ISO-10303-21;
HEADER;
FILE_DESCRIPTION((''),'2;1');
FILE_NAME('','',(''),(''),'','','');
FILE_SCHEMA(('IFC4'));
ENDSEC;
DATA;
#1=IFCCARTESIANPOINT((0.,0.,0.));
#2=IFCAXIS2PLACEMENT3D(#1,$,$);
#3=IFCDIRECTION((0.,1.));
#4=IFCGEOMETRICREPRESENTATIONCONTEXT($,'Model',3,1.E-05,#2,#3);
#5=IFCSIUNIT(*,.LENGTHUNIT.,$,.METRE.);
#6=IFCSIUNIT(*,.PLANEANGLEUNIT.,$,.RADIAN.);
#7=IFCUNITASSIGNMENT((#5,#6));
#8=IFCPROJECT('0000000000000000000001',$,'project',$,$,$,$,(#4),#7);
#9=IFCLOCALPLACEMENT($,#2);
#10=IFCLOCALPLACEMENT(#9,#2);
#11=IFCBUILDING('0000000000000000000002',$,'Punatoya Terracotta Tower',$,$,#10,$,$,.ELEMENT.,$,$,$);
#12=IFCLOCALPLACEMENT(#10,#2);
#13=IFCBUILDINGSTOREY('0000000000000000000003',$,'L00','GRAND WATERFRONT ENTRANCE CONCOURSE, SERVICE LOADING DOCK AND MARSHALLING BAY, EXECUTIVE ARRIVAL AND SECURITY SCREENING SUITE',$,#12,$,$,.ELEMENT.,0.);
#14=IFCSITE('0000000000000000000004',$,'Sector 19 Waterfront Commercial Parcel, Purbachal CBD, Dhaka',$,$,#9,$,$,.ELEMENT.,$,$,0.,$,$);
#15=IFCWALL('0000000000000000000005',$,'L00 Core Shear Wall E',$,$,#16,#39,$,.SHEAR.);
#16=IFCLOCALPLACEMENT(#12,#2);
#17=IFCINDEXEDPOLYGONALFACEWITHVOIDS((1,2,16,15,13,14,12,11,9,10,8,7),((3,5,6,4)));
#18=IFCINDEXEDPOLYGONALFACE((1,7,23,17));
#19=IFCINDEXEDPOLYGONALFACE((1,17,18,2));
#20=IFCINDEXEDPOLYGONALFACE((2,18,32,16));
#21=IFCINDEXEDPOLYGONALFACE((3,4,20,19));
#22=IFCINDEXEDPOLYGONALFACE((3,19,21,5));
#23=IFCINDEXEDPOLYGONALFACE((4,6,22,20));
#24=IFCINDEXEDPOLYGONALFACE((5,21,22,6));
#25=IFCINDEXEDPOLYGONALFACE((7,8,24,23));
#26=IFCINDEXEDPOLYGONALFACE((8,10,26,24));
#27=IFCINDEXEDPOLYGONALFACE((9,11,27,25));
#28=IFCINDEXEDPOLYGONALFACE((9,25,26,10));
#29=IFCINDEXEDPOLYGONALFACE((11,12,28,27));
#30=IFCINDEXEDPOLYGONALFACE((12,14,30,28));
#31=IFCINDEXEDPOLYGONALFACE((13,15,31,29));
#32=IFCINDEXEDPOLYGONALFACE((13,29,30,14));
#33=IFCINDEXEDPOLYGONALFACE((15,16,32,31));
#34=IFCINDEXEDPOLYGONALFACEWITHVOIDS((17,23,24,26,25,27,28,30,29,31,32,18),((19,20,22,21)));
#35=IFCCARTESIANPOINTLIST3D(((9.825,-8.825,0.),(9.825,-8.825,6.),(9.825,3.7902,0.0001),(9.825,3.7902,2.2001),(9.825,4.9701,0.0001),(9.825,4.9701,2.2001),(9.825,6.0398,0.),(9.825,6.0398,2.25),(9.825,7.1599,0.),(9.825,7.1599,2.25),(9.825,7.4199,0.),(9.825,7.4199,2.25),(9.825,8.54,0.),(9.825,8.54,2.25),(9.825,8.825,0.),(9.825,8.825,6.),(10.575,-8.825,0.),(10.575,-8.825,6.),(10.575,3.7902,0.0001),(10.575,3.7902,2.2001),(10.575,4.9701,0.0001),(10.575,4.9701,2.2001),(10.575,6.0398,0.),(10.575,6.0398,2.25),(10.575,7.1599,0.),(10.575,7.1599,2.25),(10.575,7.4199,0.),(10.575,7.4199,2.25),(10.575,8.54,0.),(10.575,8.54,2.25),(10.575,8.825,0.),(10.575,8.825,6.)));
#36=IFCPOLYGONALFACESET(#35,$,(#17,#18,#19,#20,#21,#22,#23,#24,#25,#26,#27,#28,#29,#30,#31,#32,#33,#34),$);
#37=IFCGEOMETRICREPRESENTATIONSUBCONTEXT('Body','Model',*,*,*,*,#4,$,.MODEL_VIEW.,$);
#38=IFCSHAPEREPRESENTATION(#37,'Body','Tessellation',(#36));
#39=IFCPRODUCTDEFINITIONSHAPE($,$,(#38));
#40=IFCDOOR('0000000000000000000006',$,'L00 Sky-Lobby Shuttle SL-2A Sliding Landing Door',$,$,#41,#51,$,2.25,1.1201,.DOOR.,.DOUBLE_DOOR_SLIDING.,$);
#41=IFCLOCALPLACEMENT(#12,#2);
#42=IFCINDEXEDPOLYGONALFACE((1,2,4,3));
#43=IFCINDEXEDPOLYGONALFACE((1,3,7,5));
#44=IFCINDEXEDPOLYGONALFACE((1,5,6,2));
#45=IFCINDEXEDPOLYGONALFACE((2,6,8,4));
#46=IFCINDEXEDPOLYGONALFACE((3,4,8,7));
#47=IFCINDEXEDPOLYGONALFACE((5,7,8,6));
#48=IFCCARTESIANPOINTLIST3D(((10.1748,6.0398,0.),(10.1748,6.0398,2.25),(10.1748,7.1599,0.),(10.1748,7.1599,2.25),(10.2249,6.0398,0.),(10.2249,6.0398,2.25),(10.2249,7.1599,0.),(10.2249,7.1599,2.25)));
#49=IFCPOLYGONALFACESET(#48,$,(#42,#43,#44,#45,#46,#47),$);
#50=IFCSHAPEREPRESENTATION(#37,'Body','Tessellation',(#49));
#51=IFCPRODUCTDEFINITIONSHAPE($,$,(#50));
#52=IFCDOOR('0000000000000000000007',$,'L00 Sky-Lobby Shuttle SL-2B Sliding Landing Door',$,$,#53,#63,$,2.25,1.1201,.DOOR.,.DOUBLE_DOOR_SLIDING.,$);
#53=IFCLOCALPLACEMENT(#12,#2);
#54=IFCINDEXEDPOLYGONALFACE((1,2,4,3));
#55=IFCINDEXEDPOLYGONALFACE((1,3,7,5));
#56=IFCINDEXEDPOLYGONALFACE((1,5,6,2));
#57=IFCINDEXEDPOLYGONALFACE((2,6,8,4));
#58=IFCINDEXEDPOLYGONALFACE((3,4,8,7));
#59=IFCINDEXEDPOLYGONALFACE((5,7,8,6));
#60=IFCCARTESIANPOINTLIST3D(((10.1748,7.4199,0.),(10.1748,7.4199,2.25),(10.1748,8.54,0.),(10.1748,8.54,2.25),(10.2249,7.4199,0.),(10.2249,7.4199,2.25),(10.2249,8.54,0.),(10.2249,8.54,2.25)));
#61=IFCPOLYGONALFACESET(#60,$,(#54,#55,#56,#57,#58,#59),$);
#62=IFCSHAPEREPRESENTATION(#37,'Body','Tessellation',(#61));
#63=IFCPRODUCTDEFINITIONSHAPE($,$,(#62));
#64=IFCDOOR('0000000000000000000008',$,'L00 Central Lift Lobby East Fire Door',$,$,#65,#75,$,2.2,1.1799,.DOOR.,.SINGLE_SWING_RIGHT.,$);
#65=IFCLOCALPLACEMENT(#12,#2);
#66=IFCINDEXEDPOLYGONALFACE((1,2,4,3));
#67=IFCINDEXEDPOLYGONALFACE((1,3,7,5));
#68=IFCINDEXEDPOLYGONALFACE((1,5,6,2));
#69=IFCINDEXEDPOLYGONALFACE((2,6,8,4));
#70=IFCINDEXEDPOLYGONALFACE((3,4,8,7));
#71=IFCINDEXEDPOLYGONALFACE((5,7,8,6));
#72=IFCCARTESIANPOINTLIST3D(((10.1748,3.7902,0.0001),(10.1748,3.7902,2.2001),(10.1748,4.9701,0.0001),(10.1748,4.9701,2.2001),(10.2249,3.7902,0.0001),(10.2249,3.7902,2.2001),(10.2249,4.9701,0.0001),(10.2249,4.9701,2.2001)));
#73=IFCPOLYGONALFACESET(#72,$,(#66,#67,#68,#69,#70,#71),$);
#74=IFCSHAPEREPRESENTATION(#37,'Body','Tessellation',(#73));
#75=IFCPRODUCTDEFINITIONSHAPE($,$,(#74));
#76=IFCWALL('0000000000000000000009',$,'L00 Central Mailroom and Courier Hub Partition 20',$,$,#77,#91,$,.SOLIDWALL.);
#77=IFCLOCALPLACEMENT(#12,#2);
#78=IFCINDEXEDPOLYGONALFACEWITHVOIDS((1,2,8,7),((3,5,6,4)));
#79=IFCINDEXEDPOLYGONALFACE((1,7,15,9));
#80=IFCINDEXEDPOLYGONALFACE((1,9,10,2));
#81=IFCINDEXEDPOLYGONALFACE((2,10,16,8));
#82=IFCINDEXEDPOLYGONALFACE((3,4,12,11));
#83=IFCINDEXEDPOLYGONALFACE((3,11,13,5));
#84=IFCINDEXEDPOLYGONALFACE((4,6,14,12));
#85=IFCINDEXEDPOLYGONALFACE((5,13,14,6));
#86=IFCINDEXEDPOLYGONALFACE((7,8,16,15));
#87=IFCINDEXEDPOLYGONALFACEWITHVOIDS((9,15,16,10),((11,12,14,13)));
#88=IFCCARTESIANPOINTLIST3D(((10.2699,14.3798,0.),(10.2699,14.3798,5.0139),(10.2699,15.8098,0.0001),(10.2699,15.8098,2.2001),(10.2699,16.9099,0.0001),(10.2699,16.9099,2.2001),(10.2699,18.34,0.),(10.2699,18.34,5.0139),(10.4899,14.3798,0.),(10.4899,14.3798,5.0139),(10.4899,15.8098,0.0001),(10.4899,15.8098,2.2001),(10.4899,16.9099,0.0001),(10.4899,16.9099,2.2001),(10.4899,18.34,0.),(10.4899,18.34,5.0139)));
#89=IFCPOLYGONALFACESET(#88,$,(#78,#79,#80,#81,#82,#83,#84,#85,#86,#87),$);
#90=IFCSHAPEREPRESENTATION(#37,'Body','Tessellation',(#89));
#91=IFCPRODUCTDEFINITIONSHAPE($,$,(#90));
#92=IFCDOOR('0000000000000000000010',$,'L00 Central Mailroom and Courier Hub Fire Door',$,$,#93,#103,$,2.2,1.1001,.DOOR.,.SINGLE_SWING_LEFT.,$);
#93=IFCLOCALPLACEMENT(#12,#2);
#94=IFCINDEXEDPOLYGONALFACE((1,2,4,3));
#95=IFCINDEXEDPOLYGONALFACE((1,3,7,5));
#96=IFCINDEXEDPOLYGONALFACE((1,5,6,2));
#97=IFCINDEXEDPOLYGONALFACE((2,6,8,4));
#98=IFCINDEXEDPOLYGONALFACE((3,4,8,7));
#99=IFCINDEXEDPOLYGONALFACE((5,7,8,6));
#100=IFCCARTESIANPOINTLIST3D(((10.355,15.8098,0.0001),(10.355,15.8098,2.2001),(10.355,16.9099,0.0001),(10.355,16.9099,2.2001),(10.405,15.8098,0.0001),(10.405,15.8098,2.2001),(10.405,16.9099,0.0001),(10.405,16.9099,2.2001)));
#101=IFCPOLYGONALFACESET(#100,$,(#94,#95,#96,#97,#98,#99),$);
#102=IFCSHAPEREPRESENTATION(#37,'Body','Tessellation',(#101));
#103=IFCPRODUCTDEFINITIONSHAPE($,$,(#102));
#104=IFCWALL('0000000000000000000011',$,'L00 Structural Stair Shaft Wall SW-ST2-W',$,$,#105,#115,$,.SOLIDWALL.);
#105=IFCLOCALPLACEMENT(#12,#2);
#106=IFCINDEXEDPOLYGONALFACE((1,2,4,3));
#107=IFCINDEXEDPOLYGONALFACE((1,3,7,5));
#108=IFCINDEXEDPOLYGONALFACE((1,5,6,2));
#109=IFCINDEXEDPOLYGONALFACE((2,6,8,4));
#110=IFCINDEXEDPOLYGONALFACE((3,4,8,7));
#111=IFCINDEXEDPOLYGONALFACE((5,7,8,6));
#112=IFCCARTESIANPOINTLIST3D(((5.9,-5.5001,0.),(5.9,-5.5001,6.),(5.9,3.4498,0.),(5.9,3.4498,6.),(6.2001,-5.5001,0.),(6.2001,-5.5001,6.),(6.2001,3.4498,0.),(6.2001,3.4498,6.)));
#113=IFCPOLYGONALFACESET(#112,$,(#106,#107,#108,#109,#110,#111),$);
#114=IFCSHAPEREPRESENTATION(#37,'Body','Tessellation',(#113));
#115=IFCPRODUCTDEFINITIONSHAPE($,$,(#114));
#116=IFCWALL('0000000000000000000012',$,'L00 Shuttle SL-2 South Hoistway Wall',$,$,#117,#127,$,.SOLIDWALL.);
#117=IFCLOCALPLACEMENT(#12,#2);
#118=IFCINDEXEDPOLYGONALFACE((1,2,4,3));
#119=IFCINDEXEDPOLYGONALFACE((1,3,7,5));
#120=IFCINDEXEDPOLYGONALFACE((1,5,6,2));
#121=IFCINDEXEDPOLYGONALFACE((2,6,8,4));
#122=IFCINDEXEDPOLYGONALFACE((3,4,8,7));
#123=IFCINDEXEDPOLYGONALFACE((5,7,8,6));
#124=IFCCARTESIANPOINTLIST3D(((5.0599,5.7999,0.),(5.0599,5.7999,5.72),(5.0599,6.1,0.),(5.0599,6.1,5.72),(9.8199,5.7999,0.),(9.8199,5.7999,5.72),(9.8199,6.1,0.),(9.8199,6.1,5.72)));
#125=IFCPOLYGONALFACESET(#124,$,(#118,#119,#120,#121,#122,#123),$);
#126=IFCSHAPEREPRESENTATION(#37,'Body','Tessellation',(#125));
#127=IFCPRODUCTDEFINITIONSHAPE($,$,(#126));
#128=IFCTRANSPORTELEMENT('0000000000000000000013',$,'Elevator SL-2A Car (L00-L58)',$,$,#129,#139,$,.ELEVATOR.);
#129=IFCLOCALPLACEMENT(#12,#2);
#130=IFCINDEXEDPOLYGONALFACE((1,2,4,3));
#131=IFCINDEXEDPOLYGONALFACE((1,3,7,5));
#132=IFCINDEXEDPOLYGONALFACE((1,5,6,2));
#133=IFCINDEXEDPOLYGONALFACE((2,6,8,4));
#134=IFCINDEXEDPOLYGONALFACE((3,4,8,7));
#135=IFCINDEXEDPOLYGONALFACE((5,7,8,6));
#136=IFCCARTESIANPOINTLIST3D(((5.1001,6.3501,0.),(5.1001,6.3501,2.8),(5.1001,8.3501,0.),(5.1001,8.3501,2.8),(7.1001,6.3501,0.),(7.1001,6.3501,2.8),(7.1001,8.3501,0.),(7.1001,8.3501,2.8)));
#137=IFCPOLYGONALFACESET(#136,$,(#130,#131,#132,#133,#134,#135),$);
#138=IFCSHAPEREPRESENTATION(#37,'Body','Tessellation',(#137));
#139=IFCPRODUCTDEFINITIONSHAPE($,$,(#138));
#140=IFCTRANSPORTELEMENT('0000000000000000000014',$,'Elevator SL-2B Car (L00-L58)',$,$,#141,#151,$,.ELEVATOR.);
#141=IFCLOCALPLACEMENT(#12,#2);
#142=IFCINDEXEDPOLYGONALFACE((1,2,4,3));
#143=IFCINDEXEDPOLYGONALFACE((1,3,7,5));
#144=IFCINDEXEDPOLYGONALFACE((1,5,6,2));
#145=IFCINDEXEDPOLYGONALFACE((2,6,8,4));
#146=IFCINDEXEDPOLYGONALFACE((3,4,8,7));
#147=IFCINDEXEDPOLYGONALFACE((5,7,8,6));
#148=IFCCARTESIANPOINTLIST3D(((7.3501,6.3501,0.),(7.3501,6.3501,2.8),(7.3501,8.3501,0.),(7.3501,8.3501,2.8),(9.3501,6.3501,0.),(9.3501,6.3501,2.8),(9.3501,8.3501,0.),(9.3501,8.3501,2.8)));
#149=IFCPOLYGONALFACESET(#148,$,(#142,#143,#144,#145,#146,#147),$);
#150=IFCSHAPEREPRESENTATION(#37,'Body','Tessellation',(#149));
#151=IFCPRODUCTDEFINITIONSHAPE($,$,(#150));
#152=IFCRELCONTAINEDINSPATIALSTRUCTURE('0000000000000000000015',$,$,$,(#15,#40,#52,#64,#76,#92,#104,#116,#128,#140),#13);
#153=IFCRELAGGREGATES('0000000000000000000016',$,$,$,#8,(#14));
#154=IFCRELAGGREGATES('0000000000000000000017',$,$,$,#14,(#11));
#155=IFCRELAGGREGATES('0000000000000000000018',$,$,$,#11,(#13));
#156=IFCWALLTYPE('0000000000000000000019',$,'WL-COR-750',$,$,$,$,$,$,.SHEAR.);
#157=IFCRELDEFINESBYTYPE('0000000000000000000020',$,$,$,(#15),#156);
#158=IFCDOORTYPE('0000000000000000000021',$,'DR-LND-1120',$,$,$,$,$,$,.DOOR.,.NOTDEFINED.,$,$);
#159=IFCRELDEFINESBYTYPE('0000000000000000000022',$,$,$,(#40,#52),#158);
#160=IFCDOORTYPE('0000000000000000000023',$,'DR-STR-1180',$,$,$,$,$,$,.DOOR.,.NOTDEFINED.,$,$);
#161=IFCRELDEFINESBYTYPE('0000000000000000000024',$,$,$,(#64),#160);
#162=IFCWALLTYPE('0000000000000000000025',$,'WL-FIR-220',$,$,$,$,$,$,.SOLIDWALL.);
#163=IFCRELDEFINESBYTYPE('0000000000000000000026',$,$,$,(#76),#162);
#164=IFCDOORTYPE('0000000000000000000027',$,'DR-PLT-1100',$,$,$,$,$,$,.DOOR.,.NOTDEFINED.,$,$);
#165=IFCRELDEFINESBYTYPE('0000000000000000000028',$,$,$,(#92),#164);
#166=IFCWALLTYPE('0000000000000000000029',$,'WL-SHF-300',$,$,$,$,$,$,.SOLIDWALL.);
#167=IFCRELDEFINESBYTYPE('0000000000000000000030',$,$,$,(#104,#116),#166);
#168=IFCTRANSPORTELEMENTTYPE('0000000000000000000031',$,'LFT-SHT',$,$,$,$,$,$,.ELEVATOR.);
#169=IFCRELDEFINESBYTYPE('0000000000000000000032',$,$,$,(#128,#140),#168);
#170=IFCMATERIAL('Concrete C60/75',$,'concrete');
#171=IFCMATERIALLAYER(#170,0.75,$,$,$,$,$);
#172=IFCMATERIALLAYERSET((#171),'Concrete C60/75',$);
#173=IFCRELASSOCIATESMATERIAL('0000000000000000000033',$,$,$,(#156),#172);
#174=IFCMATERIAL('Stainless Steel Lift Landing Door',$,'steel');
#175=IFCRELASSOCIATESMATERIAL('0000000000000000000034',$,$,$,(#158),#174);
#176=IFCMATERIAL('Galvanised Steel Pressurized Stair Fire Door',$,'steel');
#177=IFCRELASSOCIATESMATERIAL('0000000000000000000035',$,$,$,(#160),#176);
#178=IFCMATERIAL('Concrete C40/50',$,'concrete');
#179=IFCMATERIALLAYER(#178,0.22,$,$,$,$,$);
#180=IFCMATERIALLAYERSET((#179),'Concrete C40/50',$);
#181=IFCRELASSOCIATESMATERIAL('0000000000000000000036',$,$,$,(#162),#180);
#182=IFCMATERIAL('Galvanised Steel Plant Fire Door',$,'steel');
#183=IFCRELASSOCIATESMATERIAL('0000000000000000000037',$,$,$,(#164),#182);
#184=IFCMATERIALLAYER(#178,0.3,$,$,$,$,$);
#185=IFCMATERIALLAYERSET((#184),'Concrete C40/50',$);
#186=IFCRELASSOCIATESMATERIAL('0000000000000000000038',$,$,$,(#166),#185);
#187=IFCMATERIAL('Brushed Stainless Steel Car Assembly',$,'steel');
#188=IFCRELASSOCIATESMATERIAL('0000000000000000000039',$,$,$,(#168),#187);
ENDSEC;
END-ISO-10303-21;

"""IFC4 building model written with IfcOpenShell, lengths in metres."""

from ifc_helpers import new_model, si_unit, direction, frame, frame_2d, origin, origin_2d, place, context, subcontext, project, spatial, rectangle, extrude, material, layer, layer_set, type_object, element, fill, save


model = new_model("IFC4")

# Units and contexts
model_context = context("Model", 3, precision=1e-05, world=origin(), true_north=direction((0.0, 1.0)))
body_context = subcontext(model_context, "Body", "Model", "MODEL_VIEW")
ifc_project = project(units=[si_unit("LENGTHUNIT", "METRE"), si_unit("PLANEANGLEUNIT", "RADIAN")], contexts=[model_context])

# Site, building, storey
site_placement = place(None, origin())
site = spatial("IfcSite", under=ifc_project, at=site_placement, Name="Sector 19 Waterfront Commercial Parcel, Purbachal CBD, Dhaka", CompositionType="ELEMENT", RefElevation=0.0)
building_placement = place(site_placement, origin())
building = spatial("IfcBuilding", under=site, at=building_placement, Name="Punatoya Terracotta Tower", CompositionType="ELEMENT")
storey_placement = place(building_placement, origin())
storey = spatial("IfcBuildingStorey", under=building, at=storey_placement, Name="L00", Description="GRAND WATERFRONT ENTRANCE CONCOURSE, SERVICE LOADING DOCK AND MARSHALLING BAY, EXECUTIVE ARRIVAL AND SECURITY SCREENING SUITE", CompositionType="ELEMENT", Elevation=0.0)

# Wall, openings, doors
ifc_material_1 = material(Name="Concrete C60/75", Category="concrete")
ifc_layer_1 = layer(ifc_material_1, 0.75)
ifc_layer_set_1 = layer_set([ifc_layer_1], Name="Concrete C60/75")
wall_type_1 = type_object("IfcWallType", Name="WL-COR-750", PredefinedType="SHEAR", material=ifc_layer_set_1)
wall_1_placement = place(storey_placement, frame((10.2, 8.825, 0.0), z_axis=(0.0, 0.0, 1.0), x_axis=(0.0, -1.0, 0.0)))
wall_1 = element("IfcWall", 1, at=wall_1_placement, inside=storey, type_object=wall_type_1, Name="L00 Core Shear Wall E", PredefinedType="SHEAR", context=body_context, shape_type="SweptSolid", body=[
    extrude(rectangle(XDim=17.6499, YDim=0.75, at=frame_2d((8.825, 0.0))), origin(), (0.0, 0.0, 1.0), 6.0),
])
opening_1_placement = place(wall_1_placement, frame((3.855, 0.0, 0.0)))
opening_1 = element("IfcOpeningElement", 2, at=opening_1_placement, cuts=wall_1, PredefinedType="OPENING", context=body_context, shape_type="SweptSolid", body=[
    extrude(rectangle(XDim=1.1799, YDim=2.2, at=frame_2d((0.5898, 1.1001))), frame((0.0, 0.385, 0.0), z_axis=(0.0, -1.0, 0.0), x_axis=(1.0, 0.0, 0.0)), (0.0, 0.0, 1.0), 0.77),
])
opening_2_placement = place(wall_1_placement, frame((1.665, 0.0, 0.0)))
opening_2 = element("IfcOpeningElement", 3, at=opening_2_placement, cuts=wall_1, PredefinedType="OPENING", context=body_context, shape_type="SweptSolid", body=[
    extrude(rectangle(XDim=1.1201, YDim=2.25, at=frame_2d((0.5601, 1.125))), frame((0.0, 0.385, 0.0), z_axis=(0.0, -1.0, 0.0), x_axis=(1.0, 0.0, 0.0)), (0.0, 0.0, 1.0), 0.77),
])
opening_3_placement = place(wall_1_placement, frame((0.2849, 0.0, 0.0)))
opening_3 = element("IfcOpeningElement", 4, at=opening_3_placement, cuts=wall_1, PredefinedType="OPENING", context=body_context, shape_type="SweptSolid", body=[
    extrude(rectangle(XDim=1.1201, YDim=2.25, at=frame_2d((0.5601, 1.125))), frame((0.0, 0.385, 0.0), z_axis=(0.0, -1.0, 0.0), x_axis=(1.0, 0.0, 0.0)), (0.0, 0.0, 1.0), 0.77),
])
ifc_material_2 = material(Name="Stainless Steel Lift Landing Door", Category="steel")
door_type_1 = type_object("IfcDoorType", Name="DR-LND-1120", OperationType="NOTDEFINED", PredefinedType="DOOR", material=ifc_material_2)
door_1_placement = place(opening_2_placement, origin())
door_1 = element("IfcDoor", 5, at=door_1_placement, inside=storey, type_object=door_type_1, Name="L00 Sky-Lobby Shuttle SL-2A Sliding Landing Door", OperationType="DOUBLE_DOOR_SLIDING", OverallHeight=2.25, OverallWidth=1.1201, PredefinedType="DOOR", context=body_context, shape_type="SweptSolid", body=[
    extrude(rectangle(XDim=1.1201, YDim=2.25, at=frame_2d((0.5601, 1.125))), frame((0.0, 0.0249, 0.0), z_axis=(0.0, -1.0, 0.0), x_axis=(1.0, 0.0, 0.0)), (0.0, 0.0, 1.0), 0.05),
])
fill(opening_2, door_1)
door_2_placement = place(opening_3_placement, origin())
door_2 = element("IfcDoor", 6, at=door_2_placement, inside=storey, type_object=door_type_1, Name="L00 Sky-Lobby Shuttle SL-2B Sliding Landing Door", OperationType="DOUBLE_DOOR_SLIDING", OverallHeight=2.25, OverallWidth=1.1201, PredefinedType="DOOR", context=body_context, shape_type="SweptSolid", body=[
    extrude(rectangle(XDim=1.1201, YDim=2.25, at=frame_2d((0.5601, 1.125))), frame((0.0, 0.0249, 0.0), z_axis=(0.0, -1.0, 0.0), x_axis=(1.0, 0.0, 0.0)), (0.0, 0.0, 1.0), 0.05),
])
fill(opening_3, door_2)
ifc_material_3 = material(Name="Galvanised Steel Pressurized Stair Fire Door", Category="steel")
door_type_2 = type_object("IfcDoorType", Name="DR-STR-1180", OperationType="NOTDEFINED", PredefinedType="DOOR", material=ifc_material_3)
door_3_placement = place(opening_1_placement, origin())
door_3 = element("IfcDoor", 7, at=door_3_placement, inside=storey, type_object=door_type_2, Name="L00 Central Lift Lobby East Fire Door", OperationType="SINGLE_SWING_RIGHT", OverallHeight=2.2, OverallWidth=1.1799, PredefinedType="DOOR", context=body_context, shape_type="SweptSolid", body=[
    extrude(rectangle(XDim=1.1799, YDim=2.2, at=frame_2d((0.5898, 1.1001))), frame((0.0, 0.0249, 0.0), z_axis=(0.0, -1.0, 0.0), x_axis=(1.0, 0.0, 0.0)), (0.0, 0.0, 1.0), 0.05),
])
fill(opening_1, door_3)

# Wall, opening, door
ifc_material_4 = material(Name="Concrete C40/50", Category="concrete")
ifc_layer_2 = layer(ifc_material_4, 0.22)
ifc_layer_set_2 = layer_set([ifc_layer_2], Name="Concrete C40/50")
wall_type_2 = type_object("IfcWallType", Name="WL-FIR-220", PredefinedType="SOLIDWALL", material=ifc_layer_set_2)
wall_2_placement = place(storey_placement, frame((10.3799, 14.3799, 0.0), z_axis=(0.0, 0.0, 1.0), x_axis=(0.0, 1.0, 0.0)))
wall_2 = element("IfcWall", 8, at=wall_2_placement, inside=storey, type_object=wall_type_2, Name="L00 Central Mailroom and Courier Hub Partition 20", PredefinedType="SOLIDWALL", context=body_context, shape_type="SweptSolid", body=[
    extrude(rectangle(XDim=3.9602, YDim=0.22, at=frame_2d((1.98, 0.0))), origin(), (0.0, 0.0, 1.0), 5.0139),
])
opening_4_placement = place(wall_2_placement, frame((1.4299, 0.0, 0.0)))
opening_4 = element("IfcOpeningElement", 9, at=opening_4_placement, cuts=wall_2, PredefinedType="OPENING", context=body_context, shape_type="SweptSolid", body=[
    extrude(rectangle(XDim=1.1001, YDim=2.2, at=frame_2d((0.55, 1.1001))), frame((0.0, 0.1199, 0.0), z_axis=(0.0, -1.0, 0.0), x_axis=(1.0, 0.0, 0.0)), (0.0, 0.0, 1.0), 0.24),
])
ifc_material_5 = material(Name="Galvanised Steel Plant Fire Door", Category="steel")
door_type_3 = type_object("IfcDoorType", Name="DR-PLT-1100", OperationType="NOTDEFINED", PredefinedType="DOOR", material=ifc_material_5)
door_4_placement = place(opening_4_placement, origin())
door_4 = element("IfcDoor", 10, at=door_4_placement, inside=storey, type_object=door_type_3, Name="L00 Central Mailroom and Courier Hub Fire Door", OperationType="SINGLE_SWING_LEFT", OverallHeight=2.2, OverallWidth=1.1001, PredefinedType="DOOR", context=body_context, shape_type="SweptSolid", body=[
    extrude(rectangle(XDim=1.1001, YDim=2.2, at=frame_2d((0.55, 1.1001))), frame((0.0, 0.0249, 0.0), z_axis=(0.0, -1.0, 0.0), x_axis=(1.0, 0.0, 0.0)), (0.0, 0.0, 1.0), 0.05),
])
fill(opening_4, door_4)

# Walls
ifc_layer_3 = layer(ifc_material_4, 0.3)
ifc_layer_set_3 = layer_set([ifc_layer_3], Name="Concrete C40/50")
wall_type_3 = type_object("IfcWallType", Name="WL-SHF-300", PredefinedType="SOLIDWALL", material=ifc_layer_set_3)
wall_3_placement = place(storey_placement, frame((6.05, 3.45, 0.0), z_axis=(0.0, 0.0, 1.0), x_axis=(0.0, -1.0, 0.0)))
element("IfcWall", 11, at=wall_3_placement, inside=storey, type_object=wall_type_3, Name="L00 Structural Stair Shaft Wall SW-ST2-W", PredefinedType="SOLIDWALL", context=body_context, shape_type="SweptSolid", body=[
    extrude(rectangle(XDim=8.95, YDim=0.3, at=frame_2d((4.4751, 0.0))), origin(), (0.0, 0.0, 1.0), 6.0),
])
wall_4_placement = place(storey_placement, frame((5.0601, 5.95, 0.0), z_axis=(0.0, 0.0, 1.0), x_axis=(1.0, 0.0, 0.0)))
element("IfcWall", 12, at=wall_4_placement, inside=storey, type_object=wall_type_3, Name="L00 Shuttle SL-2 South Hoistway Wall", PredefinedType="SOLIDWALL", context=body_context, shape_type="SweptSolid", body=[
    extrude(rectangle(XDim=4.76, YDim=0.3, at=frame_2d((2.3799, 0.0))), origin(), (0.0, 0.0, 1.0), 5.72),
])

# Transport elements
ifc_material_6 = material(Name="Brushed Stainless Steel Car Assembly", Category="steel")
transport_element_type = type_object("IfcTransportElementType", Name="LFT-SHT", PredefinedType="ELEVATOR", material=ifc_material_6)
for number, where, z_axis, x_axis, name in (
    (13, (6.1001, 7.3501, 0.0), (0.0, 0.0, 1.0), (1.0, 0.0, 0.0), "Elevator SL-2A Car (L00-L58)"),
    (14, (8.3501, 7.3501, 0.0), (0.0, 0.0, 1.0), (1.0, 0.0, 0.0), "Elevator SL-2B Car (L00-L58)"),
):
    element("IfcTransportElement", number, at=place(storey_placement, frame(where, z_axis=z_axis, x_axis=x_axis)), inside=storey, type_object=transport_element_type, Name=name, PredefinedType="ELEVATOR", context=body_context, shape_type="SweptSolid", body=[
        extrude(rectangle(XDim=2.0, YDim=2.0, at=origin_2d()), origin(), (0.0, 0.0, 1.0), 2.8),
    ])

save(model, "model.ifc")
